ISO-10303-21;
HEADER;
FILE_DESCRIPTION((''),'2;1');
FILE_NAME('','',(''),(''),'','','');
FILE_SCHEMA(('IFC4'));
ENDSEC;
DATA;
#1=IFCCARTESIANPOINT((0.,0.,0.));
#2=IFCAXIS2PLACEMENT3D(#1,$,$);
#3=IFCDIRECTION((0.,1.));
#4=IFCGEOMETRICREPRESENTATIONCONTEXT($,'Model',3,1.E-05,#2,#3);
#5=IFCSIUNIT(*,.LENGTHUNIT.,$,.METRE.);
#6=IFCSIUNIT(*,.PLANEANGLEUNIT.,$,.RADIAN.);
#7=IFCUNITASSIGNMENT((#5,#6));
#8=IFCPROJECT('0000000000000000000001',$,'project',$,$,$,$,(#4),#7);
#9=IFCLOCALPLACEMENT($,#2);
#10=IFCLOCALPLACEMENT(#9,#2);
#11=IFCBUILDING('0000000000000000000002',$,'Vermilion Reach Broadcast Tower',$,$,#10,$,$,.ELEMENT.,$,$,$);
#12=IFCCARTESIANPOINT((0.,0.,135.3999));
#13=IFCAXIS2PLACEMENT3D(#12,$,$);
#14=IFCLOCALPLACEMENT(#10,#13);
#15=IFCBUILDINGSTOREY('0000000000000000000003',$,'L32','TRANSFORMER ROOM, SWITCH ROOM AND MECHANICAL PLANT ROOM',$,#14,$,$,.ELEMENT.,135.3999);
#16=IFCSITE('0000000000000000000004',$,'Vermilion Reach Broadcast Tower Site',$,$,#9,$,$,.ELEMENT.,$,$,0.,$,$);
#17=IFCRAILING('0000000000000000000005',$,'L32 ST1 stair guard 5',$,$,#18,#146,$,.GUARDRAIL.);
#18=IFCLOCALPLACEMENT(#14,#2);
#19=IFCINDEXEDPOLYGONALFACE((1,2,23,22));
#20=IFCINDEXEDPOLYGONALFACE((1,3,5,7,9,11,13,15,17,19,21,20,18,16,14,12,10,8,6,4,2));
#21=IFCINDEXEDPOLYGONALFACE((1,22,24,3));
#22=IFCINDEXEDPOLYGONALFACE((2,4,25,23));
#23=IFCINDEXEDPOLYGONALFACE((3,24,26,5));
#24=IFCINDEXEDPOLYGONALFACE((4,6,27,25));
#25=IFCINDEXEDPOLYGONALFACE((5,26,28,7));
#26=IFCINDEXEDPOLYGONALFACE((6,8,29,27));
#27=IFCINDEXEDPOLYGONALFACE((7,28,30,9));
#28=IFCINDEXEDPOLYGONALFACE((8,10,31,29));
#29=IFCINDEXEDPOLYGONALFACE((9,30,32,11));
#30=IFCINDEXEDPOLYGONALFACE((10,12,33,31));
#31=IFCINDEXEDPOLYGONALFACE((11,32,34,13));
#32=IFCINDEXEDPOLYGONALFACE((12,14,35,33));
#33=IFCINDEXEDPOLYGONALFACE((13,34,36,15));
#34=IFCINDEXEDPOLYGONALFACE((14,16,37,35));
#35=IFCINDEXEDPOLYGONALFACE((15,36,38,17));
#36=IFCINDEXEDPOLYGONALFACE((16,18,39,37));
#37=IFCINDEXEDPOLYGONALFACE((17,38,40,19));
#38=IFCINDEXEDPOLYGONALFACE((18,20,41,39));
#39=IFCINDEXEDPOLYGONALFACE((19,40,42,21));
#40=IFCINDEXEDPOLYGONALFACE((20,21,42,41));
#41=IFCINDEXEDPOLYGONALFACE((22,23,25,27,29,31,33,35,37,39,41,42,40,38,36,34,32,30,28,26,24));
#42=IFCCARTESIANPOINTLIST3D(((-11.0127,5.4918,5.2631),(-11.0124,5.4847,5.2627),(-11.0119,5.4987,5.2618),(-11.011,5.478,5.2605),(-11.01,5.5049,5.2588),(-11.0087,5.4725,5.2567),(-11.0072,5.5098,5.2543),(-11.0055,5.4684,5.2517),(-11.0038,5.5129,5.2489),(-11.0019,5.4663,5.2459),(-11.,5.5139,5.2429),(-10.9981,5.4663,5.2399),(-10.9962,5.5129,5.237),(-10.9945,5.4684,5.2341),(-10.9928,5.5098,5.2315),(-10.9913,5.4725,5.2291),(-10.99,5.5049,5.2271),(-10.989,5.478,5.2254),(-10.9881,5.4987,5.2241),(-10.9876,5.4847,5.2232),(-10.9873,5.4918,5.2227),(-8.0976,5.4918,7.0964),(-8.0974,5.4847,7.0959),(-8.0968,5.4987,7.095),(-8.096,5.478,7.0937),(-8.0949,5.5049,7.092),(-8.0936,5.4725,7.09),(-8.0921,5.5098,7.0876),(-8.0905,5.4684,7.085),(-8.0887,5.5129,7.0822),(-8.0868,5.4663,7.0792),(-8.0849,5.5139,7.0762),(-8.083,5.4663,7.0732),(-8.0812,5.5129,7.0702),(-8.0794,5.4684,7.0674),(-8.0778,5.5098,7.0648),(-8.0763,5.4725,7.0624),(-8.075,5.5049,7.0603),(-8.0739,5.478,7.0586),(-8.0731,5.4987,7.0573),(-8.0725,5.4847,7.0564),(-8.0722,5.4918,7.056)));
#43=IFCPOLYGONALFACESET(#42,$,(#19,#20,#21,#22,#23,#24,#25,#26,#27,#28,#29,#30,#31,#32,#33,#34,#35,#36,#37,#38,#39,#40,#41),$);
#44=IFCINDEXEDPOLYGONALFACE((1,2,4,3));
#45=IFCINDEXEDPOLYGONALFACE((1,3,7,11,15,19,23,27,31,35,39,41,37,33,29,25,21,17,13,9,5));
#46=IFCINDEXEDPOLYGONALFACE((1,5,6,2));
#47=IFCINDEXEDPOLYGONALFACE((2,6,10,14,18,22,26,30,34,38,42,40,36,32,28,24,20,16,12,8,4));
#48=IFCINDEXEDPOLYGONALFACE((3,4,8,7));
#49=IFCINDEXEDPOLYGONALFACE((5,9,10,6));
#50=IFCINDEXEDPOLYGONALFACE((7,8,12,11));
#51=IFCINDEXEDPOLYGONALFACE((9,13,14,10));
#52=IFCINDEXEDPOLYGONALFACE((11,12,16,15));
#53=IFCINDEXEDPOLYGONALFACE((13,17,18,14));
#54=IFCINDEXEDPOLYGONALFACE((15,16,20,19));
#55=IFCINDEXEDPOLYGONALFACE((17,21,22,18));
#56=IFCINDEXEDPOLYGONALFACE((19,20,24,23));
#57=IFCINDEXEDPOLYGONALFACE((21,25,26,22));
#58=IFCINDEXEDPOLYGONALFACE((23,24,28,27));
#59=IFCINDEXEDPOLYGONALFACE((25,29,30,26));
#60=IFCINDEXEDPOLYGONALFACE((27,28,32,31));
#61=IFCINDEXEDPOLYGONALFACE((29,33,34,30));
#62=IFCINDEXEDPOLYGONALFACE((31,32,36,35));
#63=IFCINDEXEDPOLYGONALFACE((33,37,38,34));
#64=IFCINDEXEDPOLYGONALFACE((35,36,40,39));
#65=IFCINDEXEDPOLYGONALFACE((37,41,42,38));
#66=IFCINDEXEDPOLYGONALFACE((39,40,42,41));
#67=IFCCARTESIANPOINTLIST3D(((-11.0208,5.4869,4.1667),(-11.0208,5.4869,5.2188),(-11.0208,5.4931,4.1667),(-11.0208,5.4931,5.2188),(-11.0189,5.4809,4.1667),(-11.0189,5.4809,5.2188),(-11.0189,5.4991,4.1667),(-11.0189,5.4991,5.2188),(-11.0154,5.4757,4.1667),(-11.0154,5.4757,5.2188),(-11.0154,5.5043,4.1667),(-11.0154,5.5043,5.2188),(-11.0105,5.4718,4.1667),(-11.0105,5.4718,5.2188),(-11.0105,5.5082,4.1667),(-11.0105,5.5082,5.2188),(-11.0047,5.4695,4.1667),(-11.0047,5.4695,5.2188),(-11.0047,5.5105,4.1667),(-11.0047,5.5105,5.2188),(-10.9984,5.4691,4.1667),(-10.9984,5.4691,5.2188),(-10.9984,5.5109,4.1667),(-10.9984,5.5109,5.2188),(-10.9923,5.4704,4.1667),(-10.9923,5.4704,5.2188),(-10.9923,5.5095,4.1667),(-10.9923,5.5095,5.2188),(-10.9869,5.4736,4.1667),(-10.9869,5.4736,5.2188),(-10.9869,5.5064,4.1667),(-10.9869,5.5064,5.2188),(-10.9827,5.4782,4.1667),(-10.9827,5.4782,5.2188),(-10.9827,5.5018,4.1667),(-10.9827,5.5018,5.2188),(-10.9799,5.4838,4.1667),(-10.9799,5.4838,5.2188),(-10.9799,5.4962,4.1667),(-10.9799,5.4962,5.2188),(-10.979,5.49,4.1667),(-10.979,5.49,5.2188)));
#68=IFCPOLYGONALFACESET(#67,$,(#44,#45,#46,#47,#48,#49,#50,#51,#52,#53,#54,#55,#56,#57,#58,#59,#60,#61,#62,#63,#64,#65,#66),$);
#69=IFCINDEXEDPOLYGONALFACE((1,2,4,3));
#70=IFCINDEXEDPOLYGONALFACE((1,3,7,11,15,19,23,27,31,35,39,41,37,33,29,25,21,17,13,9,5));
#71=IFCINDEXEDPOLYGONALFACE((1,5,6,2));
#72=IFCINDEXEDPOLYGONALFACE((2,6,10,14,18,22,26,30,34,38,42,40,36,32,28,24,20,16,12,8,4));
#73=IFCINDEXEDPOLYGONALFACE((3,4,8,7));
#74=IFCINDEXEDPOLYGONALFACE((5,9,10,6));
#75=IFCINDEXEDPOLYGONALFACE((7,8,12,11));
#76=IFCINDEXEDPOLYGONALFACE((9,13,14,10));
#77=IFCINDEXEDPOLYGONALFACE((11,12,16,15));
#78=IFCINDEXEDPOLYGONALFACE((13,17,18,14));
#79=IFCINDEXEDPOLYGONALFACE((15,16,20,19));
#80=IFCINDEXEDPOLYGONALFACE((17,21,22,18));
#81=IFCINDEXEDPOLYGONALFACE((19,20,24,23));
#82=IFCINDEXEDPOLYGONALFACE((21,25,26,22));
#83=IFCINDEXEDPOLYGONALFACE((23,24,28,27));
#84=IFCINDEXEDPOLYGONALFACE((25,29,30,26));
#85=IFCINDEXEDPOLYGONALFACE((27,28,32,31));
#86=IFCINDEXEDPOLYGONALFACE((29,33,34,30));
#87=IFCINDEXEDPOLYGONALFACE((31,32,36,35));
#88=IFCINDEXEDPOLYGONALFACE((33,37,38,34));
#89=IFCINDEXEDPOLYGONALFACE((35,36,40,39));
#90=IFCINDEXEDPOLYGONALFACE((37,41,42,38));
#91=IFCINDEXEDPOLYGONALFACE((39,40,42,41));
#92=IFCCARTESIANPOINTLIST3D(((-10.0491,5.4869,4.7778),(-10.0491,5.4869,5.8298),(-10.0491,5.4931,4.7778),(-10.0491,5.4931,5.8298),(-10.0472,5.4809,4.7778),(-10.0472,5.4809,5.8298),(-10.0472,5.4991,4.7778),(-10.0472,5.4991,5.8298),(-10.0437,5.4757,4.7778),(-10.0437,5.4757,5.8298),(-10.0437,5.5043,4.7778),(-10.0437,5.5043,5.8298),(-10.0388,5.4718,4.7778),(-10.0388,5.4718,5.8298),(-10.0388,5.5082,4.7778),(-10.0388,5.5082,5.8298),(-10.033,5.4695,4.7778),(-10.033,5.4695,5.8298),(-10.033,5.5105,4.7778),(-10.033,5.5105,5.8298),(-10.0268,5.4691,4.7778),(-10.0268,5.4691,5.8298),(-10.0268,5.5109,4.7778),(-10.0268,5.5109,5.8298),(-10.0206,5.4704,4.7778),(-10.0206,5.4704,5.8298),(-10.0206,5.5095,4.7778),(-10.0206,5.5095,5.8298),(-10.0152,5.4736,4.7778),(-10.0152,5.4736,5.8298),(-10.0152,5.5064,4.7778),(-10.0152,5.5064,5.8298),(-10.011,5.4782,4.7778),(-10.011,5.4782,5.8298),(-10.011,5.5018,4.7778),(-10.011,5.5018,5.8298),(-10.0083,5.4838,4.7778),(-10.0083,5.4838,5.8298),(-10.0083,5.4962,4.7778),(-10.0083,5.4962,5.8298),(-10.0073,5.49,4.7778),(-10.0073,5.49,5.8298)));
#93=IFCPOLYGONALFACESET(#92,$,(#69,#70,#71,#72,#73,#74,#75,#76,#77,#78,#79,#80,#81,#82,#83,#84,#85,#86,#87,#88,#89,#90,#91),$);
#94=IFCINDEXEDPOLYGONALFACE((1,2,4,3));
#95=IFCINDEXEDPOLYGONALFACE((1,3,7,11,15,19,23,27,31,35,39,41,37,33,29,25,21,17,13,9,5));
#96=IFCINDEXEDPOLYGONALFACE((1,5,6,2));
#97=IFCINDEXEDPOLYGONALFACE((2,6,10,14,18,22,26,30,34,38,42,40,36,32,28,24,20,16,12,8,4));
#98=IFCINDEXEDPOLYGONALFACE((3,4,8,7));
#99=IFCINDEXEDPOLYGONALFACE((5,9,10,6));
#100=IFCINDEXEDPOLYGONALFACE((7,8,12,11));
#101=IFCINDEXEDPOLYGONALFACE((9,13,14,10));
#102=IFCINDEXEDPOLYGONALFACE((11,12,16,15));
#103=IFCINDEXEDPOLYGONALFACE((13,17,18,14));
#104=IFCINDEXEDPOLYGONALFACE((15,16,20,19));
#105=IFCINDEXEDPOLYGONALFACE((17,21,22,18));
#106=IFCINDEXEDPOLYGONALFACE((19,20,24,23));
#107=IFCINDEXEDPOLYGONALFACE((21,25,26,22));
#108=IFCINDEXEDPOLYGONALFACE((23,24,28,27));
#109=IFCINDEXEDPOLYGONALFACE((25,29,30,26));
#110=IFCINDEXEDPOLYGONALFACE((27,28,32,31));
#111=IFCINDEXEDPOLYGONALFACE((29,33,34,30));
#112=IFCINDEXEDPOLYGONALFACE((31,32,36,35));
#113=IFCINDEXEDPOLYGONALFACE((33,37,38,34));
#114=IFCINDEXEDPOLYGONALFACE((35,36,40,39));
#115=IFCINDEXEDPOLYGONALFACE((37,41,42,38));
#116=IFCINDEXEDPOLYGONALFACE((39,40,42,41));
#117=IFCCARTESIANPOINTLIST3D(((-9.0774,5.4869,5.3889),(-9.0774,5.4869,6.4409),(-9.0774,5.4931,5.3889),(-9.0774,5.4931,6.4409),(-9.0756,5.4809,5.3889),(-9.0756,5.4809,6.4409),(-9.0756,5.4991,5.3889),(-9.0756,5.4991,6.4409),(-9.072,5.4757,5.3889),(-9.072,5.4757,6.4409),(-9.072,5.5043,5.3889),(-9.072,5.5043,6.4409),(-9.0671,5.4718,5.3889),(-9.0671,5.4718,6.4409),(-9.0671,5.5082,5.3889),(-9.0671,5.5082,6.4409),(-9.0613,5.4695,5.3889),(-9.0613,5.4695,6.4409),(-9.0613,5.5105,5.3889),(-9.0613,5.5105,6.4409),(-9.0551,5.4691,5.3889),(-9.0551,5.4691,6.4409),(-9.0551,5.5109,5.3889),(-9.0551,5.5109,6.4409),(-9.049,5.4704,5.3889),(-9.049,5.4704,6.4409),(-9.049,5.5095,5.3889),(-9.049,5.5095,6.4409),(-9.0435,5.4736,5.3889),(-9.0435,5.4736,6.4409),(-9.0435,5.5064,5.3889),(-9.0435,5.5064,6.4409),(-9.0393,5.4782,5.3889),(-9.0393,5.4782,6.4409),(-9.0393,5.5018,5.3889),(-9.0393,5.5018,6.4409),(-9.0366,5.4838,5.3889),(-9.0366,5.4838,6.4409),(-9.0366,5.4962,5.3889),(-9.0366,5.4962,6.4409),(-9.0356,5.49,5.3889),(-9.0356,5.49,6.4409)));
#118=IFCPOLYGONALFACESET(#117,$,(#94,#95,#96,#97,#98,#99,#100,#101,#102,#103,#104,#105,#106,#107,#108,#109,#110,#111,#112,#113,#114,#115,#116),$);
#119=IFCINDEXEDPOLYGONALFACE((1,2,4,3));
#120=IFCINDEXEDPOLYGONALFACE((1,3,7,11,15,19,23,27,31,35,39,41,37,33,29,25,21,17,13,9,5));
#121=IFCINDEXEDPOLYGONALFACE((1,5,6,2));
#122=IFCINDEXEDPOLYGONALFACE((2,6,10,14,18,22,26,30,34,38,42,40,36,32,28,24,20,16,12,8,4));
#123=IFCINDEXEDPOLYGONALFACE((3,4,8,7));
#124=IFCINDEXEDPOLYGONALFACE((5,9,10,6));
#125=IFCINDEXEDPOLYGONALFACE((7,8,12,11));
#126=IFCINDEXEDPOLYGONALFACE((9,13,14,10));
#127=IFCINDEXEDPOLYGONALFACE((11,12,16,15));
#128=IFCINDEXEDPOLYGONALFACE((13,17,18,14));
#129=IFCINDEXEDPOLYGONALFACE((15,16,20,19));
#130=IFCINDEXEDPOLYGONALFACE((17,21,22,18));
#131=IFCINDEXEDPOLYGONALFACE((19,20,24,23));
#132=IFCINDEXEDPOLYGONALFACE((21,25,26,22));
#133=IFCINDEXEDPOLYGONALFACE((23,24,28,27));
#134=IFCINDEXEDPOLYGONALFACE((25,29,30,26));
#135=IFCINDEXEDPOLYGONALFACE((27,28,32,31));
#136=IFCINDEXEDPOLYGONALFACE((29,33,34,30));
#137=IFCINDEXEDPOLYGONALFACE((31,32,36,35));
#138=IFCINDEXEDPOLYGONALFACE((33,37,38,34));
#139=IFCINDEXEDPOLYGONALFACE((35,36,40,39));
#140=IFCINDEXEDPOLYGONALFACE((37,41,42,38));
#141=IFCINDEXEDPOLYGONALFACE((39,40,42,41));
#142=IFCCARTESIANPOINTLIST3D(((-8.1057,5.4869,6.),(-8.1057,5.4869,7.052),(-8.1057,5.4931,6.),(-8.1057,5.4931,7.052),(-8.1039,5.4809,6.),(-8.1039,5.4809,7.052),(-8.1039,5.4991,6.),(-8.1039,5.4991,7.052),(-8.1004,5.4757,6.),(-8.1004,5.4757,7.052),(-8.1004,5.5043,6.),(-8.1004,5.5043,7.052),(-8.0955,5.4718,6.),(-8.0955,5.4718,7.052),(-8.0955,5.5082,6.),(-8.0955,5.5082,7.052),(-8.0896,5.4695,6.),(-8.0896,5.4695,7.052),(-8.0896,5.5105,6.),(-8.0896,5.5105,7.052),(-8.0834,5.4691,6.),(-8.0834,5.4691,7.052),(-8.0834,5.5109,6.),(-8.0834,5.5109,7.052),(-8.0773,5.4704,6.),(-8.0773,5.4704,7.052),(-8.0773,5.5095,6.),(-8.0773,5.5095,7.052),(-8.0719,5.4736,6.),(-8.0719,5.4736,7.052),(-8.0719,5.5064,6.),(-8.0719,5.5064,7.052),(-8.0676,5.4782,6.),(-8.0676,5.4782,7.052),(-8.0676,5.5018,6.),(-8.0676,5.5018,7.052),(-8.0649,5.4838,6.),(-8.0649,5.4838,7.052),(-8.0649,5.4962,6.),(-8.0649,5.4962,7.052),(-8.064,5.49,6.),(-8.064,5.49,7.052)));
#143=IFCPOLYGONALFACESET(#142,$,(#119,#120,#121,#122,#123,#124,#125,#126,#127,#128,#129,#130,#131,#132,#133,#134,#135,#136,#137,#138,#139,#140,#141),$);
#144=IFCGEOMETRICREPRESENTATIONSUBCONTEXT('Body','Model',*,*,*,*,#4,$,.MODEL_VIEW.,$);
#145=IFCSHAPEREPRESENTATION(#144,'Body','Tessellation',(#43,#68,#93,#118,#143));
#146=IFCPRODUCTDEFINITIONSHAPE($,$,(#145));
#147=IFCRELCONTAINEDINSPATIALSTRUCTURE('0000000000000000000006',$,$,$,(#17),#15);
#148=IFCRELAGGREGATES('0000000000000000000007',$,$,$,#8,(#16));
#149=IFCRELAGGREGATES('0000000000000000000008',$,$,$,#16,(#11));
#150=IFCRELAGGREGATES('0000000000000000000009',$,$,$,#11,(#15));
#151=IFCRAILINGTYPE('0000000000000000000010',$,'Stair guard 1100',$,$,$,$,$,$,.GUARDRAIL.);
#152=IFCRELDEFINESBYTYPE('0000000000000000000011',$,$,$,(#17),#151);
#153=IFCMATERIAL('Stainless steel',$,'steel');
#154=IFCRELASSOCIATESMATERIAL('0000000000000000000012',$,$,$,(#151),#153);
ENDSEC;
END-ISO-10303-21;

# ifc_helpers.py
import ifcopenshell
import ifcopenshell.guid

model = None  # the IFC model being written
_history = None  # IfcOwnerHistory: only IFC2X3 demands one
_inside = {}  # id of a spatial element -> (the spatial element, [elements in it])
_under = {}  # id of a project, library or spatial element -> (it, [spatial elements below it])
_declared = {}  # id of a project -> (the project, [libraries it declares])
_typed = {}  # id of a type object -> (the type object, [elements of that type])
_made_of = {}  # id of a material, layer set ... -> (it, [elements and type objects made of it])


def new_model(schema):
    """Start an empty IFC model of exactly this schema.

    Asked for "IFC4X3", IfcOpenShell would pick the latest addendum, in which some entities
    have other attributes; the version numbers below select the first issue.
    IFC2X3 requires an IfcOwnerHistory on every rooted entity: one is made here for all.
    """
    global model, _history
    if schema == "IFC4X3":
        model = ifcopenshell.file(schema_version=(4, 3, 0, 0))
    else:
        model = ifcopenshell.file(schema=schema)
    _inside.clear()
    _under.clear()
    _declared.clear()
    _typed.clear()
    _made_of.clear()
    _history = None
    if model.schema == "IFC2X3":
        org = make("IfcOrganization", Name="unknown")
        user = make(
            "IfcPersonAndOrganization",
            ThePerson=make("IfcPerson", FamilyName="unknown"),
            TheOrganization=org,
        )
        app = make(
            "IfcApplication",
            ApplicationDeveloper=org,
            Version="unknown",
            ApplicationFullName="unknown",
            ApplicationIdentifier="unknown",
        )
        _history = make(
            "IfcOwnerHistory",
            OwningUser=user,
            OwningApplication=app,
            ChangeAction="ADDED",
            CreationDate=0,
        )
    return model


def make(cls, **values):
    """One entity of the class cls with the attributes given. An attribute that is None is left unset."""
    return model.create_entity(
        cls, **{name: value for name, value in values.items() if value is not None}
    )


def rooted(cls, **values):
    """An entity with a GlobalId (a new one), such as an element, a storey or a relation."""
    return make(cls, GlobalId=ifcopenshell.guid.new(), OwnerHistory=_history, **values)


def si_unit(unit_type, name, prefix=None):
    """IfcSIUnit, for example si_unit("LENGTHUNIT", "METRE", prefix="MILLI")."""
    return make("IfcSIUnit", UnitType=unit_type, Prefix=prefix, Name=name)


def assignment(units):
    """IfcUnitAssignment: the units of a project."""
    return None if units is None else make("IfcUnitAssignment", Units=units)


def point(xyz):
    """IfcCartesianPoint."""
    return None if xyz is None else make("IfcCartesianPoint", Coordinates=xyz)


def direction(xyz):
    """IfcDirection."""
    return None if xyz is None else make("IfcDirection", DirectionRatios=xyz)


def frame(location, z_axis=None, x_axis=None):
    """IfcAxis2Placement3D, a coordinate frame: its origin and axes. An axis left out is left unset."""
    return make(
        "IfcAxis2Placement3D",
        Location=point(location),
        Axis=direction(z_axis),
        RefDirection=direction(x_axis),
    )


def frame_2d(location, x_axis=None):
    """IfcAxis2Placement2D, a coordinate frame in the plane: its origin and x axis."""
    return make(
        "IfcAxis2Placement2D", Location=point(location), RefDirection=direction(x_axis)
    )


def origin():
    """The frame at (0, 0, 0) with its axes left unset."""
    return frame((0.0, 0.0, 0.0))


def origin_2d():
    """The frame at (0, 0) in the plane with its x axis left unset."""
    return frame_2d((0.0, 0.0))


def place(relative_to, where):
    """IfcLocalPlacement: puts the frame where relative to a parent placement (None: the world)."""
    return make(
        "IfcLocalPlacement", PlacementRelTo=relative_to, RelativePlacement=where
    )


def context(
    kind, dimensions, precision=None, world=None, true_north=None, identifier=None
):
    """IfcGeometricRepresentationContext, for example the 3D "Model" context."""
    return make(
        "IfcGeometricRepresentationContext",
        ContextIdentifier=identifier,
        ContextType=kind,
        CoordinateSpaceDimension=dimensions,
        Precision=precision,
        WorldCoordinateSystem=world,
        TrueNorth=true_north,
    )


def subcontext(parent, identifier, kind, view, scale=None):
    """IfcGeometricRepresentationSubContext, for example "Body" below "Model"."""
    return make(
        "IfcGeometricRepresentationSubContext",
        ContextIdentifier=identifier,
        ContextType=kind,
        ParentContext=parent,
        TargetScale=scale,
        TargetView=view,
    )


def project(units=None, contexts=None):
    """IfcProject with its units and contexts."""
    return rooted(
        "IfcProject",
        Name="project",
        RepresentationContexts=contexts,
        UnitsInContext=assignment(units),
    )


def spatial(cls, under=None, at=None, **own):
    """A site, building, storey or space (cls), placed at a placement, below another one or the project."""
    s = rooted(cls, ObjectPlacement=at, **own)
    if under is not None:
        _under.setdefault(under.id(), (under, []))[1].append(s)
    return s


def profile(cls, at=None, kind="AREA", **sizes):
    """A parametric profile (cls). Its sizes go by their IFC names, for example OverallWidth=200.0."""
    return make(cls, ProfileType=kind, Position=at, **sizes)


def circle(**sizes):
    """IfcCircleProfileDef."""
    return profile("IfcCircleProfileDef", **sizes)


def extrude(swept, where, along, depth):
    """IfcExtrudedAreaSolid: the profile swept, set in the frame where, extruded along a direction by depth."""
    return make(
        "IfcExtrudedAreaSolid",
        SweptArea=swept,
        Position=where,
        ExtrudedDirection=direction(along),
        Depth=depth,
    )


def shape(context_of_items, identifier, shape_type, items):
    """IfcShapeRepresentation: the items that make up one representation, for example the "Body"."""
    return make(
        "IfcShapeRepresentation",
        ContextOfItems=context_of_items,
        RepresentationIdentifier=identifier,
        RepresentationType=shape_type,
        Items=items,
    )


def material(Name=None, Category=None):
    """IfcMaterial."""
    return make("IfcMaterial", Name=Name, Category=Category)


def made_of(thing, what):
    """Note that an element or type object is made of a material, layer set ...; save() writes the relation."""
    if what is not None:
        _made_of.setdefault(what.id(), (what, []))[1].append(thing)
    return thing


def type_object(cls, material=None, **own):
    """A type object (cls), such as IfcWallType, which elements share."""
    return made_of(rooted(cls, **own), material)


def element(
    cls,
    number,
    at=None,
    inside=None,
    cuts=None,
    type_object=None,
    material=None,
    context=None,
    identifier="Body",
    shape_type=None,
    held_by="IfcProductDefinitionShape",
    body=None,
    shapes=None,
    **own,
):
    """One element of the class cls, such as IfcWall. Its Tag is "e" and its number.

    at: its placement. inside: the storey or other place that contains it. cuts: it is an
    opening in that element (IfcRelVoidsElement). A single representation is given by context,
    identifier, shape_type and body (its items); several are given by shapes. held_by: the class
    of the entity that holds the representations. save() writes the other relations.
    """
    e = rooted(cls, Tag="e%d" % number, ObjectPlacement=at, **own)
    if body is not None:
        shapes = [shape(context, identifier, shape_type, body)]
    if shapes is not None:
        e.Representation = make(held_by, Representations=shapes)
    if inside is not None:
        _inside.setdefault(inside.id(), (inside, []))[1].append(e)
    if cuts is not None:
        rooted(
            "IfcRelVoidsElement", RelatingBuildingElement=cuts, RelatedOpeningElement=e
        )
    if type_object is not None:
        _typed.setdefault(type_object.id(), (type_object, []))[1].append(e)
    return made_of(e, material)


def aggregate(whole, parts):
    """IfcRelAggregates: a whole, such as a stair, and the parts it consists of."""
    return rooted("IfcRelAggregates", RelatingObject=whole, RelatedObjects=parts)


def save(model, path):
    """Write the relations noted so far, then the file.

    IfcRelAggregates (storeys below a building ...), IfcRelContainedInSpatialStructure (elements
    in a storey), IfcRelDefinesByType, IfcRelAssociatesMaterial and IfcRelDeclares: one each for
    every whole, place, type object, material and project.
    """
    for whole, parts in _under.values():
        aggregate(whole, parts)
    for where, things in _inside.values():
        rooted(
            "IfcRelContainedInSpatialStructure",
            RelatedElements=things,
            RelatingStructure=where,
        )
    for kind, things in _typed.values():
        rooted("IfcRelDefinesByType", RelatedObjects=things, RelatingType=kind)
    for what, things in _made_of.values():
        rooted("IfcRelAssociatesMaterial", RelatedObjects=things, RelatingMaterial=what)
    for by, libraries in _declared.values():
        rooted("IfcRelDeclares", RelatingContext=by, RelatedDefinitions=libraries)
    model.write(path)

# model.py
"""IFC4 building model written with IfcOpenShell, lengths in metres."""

from ifc_helpers import new_model, si_unit, direction, frame, origin, origin_2d, place, context, subcontext, project, spatial, circle, extrude, material, type_object, element, save


model = new_model("IFC4")

# Units and contexts
model_context = context("Model", 3, precision=1e-05, world=origin(), true_north=direction((0.0, 1.0)))
body_context = subcontext(model_context, "Body", "Model", "MODEL_VIEW")
ifc_project = project(units=[si_unit("LENGTHUNIT", "METRE"), si_unit("PLANEANGLEUNIT", "RADIAN")], contexts=[model_context])

# Site, building, storey
site_placement = place(None, origin())
site = spatial("IfcSite", under=ifc_project, at=site_placement, Name="Vermilion Reach Broadcast Tower Site", CompositionType="ELEMENT", RefElevation=0.0)
building_placement = place(site_placement, origin())
building = spatial("IfcBuilding", under=site, at=building_placement, Name="Vermilion Reach Broadcast Tower", CompositionType="ELEMENT")
storey_placement = place(building_placement, frame((0.0, 0.0, 135.3999)))
storey = spatial("IfcBuildingStorey", under=building, at=storey_placement, Name="L32", Description="TRANSFORMER ROOM, SWITCH ROOM AND MECHANICAL PLANT ROOM", CompositionType="ELEMENT", Elevation=135.3999)

# Railing
ifc_material_1 = material(Name="Stainless steel", Category="steel")
railing_type_1 = type_object("IfcRailingType", Name="Stair guard 1100", PredefinedType="GUARDRAIL", material=ifc_material_1)
railing_1_placement = place(storey_placement, frame((-11.0, 5.49, 4.1667)))
element("IfcRailing", 1, at=railing_1_placement, inside=storey, type_object=railing_type_1, Name="L32 ST1 stair guard 5", PredefinedType="GUARDRAIL", context=body_context, shape_type="SweptSolid", body=[
    extrude(circle(Radius=0.0239, at=origin_2d()), frame((0.0, 0.0, 1.0762), z_axis=(0.846513, 0.0, 0.532368), x_axis=(0.0, 1.0, 0.0)), (0.0, 0.0, 1.0), 3.4436),
    extrude(circle(Radius=0.021, at=origin_2d()), origin(), (0.0, 0.0, 1.0), 1.052),
    extrude(circle(Radius=0.021, at=origin_2d()), frame((0.9717, 0.0, 0.6111)), (0.0, 0.0, 1.0), 1.052),
    extrude(circle(Radius=0.021, at=origin_2d()), frame((1.9434, 0.0, 1.2222)), (0.0, 0.0, 1.0), 1.052),
    extrude(circle(Radius=0.021, at=origin_2d()), frame((2.915, 0.0, 1.8333)), (0.0, 0.0, 1.0), 1.052),
])

save(model, "model.ifc")
